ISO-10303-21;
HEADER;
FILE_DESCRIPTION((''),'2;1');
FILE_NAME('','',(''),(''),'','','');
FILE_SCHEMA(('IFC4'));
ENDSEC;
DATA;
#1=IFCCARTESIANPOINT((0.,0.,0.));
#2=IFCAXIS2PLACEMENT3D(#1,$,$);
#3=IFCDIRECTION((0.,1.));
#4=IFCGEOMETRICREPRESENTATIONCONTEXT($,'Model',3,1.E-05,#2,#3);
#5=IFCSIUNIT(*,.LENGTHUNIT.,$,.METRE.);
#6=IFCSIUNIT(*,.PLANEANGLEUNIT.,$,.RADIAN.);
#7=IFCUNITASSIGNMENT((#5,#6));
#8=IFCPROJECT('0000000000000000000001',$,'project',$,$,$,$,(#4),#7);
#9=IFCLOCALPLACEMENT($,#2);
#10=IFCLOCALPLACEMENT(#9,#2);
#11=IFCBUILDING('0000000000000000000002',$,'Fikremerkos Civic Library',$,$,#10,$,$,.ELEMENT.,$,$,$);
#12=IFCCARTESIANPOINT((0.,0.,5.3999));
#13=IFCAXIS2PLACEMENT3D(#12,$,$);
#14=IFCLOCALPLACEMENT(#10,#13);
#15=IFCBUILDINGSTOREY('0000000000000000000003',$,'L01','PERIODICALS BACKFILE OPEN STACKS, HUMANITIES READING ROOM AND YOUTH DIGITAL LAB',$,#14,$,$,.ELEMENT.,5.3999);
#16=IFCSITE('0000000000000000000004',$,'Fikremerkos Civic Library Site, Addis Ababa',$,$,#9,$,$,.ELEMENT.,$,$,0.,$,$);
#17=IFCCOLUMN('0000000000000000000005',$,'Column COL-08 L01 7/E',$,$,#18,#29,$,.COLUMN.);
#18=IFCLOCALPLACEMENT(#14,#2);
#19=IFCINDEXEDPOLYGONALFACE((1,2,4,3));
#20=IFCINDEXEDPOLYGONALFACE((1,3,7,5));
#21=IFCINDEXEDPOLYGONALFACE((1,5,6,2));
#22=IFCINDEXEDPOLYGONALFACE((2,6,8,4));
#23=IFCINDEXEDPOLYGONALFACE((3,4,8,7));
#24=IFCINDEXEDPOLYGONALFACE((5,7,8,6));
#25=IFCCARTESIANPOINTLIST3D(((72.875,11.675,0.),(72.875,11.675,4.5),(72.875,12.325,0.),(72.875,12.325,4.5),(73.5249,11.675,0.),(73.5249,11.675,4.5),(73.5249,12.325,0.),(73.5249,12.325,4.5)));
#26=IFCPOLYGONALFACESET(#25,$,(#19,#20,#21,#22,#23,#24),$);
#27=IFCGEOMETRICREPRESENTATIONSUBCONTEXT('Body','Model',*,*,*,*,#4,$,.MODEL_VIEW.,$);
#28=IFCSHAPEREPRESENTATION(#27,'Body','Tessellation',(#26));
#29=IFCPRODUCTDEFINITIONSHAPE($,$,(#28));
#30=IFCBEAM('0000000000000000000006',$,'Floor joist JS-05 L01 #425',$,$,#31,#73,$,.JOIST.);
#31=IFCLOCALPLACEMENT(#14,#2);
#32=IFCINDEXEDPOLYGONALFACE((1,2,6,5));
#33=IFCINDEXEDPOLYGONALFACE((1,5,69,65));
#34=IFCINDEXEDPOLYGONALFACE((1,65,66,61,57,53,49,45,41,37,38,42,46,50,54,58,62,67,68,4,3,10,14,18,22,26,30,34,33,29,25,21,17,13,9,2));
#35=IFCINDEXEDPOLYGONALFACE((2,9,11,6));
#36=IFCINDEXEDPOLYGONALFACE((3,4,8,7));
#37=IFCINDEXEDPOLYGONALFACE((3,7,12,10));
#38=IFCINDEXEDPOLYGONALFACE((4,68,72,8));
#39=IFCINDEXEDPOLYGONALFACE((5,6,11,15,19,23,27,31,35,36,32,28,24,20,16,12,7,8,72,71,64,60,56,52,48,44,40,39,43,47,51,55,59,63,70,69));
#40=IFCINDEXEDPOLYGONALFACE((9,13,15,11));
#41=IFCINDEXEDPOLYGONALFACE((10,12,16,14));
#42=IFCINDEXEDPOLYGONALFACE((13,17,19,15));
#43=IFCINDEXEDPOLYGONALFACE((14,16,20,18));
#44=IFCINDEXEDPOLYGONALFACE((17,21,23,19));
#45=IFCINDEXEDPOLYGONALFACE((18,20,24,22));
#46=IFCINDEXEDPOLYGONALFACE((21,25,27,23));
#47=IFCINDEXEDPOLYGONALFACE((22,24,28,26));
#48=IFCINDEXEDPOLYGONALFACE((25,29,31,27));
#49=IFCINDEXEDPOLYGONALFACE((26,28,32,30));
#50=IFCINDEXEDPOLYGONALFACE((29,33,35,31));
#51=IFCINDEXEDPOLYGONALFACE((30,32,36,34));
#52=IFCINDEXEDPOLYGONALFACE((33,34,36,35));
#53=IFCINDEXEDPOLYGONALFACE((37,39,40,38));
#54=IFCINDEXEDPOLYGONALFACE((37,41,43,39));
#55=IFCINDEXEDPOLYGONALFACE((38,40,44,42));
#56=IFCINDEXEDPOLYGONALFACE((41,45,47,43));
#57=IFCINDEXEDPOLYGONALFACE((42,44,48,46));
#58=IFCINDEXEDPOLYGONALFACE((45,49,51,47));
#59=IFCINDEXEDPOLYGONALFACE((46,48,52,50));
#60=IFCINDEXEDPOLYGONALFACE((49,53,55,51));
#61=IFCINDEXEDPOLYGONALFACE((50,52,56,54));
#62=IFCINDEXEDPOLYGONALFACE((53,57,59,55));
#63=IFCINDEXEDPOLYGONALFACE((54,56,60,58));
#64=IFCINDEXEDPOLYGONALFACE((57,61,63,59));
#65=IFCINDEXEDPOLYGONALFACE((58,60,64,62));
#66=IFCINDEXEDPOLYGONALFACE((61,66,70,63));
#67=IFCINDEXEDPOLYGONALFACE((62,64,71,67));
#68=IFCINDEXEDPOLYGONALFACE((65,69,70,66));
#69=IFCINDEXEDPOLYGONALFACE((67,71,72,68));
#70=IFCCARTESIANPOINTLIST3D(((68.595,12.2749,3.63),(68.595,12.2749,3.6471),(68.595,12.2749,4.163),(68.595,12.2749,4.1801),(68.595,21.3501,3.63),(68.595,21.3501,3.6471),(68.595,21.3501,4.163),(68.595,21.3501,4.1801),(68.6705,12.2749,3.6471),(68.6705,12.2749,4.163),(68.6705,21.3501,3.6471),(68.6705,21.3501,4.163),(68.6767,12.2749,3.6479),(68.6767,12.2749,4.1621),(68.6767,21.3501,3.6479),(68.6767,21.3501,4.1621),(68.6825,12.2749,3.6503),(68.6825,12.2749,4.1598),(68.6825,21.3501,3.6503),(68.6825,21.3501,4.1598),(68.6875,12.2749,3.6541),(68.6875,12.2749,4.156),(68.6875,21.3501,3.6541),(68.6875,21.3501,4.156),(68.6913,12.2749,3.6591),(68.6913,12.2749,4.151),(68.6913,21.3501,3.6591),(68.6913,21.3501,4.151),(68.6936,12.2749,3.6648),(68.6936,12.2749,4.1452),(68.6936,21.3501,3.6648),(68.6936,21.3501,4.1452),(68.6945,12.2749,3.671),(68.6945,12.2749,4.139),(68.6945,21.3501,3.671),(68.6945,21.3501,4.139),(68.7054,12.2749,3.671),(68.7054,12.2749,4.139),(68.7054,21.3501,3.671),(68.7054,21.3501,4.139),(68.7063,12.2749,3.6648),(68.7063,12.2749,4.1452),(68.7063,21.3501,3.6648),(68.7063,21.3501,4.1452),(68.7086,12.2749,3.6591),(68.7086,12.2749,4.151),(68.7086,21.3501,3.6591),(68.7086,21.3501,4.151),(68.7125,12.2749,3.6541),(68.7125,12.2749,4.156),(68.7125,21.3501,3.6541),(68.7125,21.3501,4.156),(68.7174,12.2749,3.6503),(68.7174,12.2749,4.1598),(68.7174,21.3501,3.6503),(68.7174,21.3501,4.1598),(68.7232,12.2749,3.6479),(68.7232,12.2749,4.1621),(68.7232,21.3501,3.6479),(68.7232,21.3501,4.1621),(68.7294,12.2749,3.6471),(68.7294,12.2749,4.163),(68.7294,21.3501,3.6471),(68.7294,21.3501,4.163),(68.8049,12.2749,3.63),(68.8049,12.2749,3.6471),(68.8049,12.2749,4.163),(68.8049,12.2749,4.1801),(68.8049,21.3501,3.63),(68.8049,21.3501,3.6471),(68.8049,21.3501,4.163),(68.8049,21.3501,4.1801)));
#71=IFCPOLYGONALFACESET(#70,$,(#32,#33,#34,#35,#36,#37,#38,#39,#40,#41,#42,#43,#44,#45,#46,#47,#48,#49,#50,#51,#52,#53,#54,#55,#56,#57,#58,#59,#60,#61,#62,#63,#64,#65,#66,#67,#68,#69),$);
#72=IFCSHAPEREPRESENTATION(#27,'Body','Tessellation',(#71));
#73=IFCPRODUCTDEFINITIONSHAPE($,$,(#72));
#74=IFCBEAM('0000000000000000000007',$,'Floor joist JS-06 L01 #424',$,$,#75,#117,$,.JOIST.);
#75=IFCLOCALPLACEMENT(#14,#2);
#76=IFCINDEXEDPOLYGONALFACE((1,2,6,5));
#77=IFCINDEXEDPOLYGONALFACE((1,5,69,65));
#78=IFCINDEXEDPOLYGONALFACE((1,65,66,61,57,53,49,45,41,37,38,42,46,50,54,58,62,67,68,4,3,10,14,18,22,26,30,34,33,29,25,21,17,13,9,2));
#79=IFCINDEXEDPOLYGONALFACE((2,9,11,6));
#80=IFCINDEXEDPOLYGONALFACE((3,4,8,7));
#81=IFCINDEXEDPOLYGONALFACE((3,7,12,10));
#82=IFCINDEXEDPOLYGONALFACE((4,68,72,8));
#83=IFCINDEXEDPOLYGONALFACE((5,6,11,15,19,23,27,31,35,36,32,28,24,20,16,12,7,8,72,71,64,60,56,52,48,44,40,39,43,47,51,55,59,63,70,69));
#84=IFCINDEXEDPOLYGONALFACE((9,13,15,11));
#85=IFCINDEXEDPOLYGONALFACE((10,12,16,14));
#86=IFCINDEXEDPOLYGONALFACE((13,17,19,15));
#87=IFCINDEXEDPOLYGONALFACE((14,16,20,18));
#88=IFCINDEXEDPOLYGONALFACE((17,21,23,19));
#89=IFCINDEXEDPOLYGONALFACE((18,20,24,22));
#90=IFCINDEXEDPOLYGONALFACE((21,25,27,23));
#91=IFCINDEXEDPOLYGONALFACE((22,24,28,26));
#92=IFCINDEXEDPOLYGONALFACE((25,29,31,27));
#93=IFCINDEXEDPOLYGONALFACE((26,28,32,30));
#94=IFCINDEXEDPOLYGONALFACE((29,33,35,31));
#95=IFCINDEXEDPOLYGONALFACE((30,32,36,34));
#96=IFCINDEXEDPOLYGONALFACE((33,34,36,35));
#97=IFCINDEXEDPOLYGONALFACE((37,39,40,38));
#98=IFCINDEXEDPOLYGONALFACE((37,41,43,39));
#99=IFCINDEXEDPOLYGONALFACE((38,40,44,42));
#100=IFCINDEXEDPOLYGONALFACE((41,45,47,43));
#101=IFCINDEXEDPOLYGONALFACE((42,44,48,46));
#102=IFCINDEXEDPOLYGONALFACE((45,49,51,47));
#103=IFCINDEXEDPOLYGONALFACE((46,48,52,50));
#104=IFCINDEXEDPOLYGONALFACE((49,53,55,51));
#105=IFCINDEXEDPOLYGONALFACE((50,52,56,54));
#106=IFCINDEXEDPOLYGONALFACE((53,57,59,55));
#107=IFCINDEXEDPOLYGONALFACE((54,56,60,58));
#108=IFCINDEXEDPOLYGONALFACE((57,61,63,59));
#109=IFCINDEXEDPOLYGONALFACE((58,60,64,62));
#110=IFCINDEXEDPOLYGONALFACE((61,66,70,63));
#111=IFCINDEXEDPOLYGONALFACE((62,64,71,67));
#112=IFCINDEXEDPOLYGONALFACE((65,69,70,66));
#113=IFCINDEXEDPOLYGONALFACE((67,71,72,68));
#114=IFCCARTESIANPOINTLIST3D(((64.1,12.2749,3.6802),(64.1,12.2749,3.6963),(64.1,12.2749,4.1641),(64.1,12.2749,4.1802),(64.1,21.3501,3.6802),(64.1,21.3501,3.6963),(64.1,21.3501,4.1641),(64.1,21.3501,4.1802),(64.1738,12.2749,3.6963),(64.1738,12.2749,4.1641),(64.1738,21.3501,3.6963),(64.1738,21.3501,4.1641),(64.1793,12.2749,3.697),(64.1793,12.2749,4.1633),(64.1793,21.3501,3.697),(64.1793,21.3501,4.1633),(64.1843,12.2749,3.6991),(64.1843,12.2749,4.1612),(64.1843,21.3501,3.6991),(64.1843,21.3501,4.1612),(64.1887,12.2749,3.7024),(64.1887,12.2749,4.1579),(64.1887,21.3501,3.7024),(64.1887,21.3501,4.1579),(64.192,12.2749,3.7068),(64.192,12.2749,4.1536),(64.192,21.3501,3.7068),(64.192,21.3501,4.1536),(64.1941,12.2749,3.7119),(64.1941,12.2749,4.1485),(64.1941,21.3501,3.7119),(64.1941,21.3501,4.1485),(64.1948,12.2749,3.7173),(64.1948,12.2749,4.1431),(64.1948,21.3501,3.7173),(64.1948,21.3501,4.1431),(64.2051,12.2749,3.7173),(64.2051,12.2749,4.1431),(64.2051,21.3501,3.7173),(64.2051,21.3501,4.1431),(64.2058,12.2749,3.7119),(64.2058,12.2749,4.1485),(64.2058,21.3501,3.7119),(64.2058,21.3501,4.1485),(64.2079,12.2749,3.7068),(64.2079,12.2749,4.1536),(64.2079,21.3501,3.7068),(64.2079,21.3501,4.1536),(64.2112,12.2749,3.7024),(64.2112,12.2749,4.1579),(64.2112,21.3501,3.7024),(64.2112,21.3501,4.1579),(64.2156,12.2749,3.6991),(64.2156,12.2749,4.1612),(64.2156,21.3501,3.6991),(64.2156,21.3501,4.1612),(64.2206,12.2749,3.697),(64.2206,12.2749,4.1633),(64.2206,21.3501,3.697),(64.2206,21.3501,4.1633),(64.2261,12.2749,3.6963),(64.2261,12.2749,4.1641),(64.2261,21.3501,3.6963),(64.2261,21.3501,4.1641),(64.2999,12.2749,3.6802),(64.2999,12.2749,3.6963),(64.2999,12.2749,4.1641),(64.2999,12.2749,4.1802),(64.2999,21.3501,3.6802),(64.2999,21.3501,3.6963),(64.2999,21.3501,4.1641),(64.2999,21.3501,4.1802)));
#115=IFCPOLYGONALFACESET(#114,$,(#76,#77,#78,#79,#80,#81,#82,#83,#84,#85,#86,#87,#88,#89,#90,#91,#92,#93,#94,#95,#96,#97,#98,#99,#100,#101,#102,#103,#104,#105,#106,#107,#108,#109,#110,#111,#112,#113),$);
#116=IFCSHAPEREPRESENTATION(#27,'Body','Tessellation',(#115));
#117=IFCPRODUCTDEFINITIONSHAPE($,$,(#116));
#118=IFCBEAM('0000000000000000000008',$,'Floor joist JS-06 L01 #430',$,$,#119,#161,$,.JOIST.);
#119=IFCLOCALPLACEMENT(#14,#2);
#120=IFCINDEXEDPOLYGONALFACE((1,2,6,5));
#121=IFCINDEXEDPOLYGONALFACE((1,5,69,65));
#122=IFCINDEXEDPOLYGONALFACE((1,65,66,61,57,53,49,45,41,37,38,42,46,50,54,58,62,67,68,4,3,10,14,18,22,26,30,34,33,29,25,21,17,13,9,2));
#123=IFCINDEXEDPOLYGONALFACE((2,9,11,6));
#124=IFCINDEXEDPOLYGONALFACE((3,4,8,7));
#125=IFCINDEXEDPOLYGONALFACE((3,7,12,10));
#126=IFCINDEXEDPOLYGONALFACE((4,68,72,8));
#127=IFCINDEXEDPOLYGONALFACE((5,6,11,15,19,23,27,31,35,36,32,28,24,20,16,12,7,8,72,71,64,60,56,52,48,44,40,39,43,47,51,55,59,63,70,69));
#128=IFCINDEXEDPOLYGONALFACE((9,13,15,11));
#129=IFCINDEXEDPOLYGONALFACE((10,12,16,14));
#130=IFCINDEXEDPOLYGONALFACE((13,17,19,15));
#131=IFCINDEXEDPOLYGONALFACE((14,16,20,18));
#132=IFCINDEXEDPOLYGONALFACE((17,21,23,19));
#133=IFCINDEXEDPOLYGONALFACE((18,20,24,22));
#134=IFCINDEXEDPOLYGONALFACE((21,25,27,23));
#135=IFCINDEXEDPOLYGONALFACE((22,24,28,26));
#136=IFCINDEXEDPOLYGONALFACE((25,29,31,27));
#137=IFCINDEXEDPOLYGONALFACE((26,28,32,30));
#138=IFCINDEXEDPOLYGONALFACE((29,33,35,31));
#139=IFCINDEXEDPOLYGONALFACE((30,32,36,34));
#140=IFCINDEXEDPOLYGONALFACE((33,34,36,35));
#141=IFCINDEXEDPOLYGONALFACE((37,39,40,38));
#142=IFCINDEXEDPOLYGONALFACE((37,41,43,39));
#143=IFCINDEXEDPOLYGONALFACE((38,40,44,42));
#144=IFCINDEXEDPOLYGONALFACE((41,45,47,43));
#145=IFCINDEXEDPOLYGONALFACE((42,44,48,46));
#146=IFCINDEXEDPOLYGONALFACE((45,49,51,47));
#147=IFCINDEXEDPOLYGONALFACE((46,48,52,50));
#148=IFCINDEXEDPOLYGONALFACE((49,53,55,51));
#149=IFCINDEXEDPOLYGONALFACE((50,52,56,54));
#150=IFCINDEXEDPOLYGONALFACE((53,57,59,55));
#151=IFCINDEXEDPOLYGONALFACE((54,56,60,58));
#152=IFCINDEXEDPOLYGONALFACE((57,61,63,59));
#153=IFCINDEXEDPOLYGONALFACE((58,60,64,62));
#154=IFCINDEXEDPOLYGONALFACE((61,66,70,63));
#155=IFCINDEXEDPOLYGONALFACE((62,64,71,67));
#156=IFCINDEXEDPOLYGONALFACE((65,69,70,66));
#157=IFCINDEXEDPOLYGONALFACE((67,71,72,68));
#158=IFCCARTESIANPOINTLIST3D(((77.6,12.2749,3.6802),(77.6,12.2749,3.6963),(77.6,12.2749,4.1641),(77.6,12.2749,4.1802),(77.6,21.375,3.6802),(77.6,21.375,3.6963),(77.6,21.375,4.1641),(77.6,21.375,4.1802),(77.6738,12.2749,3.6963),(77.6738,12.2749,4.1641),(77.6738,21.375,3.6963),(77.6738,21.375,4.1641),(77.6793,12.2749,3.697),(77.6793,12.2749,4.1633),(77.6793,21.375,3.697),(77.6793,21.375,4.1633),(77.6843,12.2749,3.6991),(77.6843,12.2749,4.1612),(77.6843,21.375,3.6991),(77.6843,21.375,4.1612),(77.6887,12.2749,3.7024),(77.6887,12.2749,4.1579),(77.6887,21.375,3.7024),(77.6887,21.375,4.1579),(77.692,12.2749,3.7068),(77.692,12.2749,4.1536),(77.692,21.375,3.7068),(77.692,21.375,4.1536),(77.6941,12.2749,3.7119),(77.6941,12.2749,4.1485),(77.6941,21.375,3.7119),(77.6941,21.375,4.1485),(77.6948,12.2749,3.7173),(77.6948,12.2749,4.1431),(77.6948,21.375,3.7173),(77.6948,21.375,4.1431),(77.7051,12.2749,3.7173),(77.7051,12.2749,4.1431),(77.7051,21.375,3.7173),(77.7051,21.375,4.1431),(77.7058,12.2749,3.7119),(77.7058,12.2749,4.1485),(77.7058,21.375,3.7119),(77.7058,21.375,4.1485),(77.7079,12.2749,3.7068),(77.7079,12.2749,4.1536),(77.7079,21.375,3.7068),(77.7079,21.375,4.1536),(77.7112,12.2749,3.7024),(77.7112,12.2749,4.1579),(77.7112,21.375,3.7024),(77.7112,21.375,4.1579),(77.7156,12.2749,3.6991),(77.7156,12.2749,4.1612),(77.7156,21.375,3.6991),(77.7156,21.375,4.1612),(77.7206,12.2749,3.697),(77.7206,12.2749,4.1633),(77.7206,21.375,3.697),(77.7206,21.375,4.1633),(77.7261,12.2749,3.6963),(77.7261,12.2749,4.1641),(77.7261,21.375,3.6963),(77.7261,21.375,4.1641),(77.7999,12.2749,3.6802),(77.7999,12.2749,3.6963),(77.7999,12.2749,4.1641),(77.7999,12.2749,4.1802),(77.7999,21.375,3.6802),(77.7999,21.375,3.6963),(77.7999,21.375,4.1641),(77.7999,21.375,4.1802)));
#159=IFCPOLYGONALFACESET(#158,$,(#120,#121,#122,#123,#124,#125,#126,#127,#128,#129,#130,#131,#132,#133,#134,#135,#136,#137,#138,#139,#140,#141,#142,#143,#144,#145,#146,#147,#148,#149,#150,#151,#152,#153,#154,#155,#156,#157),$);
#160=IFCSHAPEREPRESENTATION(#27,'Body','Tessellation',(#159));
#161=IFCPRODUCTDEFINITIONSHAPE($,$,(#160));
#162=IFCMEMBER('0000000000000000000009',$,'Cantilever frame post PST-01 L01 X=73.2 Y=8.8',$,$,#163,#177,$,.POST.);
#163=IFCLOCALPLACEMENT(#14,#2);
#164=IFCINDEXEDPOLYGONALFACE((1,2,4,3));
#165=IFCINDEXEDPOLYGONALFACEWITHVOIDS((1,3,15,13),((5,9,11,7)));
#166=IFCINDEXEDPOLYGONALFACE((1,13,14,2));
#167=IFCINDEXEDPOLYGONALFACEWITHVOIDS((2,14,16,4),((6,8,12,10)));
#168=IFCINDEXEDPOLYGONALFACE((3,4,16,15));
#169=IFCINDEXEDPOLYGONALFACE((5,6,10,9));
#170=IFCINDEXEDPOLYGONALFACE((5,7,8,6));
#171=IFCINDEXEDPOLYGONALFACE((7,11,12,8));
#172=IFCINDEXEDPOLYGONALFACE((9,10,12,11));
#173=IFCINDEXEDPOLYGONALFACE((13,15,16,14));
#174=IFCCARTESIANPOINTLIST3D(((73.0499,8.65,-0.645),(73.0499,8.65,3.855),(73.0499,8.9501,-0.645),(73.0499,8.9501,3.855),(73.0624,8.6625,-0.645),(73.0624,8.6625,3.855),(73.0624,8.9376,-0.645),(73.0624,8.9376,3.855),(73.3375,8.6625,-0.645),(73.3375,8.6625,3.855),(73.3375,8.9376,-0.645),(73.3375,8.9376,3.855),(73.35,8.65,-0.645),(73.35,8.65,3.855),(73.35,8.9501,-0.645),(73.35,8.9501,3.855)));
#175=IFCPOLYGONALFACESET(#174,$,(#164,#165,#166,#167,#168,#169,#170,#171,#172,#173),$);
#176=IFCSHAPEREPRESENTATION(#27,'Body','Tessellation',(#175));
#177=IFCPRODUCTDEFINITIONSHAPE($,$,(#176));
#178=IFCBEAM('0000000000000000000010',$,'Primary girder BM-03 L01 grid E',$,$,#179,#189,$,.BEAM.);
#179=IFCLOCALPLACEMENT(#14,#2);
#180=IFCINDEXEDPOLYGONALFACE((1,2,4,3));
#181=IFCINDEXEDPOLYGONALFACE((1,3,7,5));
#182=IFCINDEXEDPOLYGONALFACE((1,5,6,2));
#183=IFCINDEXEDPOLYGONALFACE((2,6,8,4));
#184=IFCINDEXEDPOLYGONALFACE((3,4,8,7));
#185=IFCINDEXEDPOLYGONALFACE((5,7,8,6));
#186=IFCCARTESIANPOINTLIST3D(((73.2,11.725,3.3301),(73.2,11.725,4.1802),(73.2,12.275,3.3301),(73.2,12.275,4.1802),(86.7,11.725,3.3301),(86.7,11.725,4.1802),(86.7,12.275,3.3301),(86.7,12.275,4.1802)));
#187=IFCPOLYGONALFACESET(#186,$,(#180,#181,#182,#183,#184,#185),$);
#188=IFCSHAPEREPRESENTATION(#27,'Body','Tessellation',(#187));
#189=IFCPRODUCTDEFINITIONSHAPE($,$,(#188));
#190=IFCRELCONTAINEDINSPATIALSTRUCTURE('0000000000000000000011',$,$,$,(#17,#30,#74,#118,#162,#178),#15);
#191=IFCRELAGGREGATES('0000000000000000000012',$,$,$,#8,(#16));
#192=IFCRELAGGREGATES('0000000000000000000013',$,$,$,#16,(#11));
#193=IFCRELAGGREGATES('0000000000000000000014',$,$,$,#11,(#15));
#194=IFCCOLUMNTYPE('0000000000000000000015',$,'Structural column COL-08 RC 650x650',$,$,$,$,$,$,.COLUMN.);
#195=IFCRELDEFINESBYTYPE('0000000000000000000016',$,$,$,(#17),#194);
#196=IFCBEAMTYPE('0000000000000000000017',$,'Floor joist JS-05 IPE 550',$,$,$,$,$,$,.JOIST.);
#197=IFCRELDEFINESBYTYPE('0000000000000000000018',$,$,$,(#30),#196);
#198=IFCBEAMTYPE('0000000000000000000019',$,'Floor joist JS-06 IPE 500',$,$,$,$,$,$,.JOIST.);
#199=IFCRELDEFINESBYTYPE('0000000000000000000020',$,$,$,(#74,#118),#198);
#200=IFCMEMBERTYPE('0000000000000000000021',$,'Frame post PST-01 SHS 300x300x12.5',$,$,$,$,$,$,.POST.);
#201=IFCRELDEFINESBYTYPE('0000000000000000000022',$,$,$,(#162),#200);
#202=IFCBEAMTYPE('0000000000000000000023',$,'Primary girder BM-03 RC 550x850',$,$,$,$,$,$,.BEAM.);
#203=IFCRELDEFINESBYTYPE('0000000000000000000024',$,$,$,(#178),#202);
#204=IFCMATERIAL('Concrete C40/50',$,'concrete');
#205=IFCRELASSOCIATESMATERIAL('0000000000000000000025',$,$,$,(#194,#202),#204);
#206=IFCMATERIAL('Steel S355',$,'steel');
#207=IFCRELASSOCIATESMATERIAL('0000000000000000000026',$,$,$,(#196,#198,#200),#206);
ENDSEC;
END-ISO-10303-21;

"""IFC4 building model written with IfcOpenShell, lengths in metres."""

from ifc_helpers import new_model, si_unit, direction, frame, origin, origin_2d, place, context, subcontext, project, spatial, rectangle, hollow_rectangle, i_section, extrude, material, material_profile, profile_set, type_object, element, save


model = new_model("IFC4")

# Units and contexts
model_context = context("Model", 3, precision=1e-05, world=origin(), true_north=direction((0.0, 1.0)))
body_context = subcontext(model_context, "Body", "Model", "MODEL_VIEW")
ifc_project = project(units=[si_unit("LENGTHUNIT", "METRE"), si_unit("PLANEANGLEUNIT", "RADIAN")], contexts=[model_context])

# Site, building, storey
site_placement = place(None, origin())
site = spatial("IfcSite", under=ifc_project, at=site_placement, Name="Fikremerkos Civic Library Site, Addis Ababa", CompositionType="ELEMENT", RefElevation=0.0)
building_placement = place(site_placement, origin())
building = spatial("IfcBuilding", under=site, at=building_placement, Name="Fikremerkos Civic Library", CompositionType="ELEMENT")
storey_placement = place(building_placement, frame((0.0, 0.0, 5.3999)))
storey = spatial("IfcBuildingStorey", under=building, at=storey_placement, Name="L01", Description="PERIODICALS BACKFILE OPEN STACKS, HUMANITIES READING ROOM AND YOUTH DIGITAL LAB", CompositionType="ELEMENT", Elevation=5.3999)

# Column
ifc_material_1 = material(Name="Concrete C40/50", Category="concrete")
ifc_material_profile_1 = material_profile(ifc_material_1, rectangle(XDim=0.6499, YDim=0.6499, at=origin_2d()), Name="RC 650x650")
ifc_profile_set_1 = profile_set([ifc_material_profile_1], Name="Concrete C40/50")
column_type = type_object("IfcColumnType", Name="Structural column COL-08 RC 650x650", PredefinedType="COLUMN", material=ifc_profile_set_1)
column_placement = place(storey_placement, frame((73.2, 12.0, 0.0), z_axis=(0.0, 0.0, 1.0), x_axis=(1.0, 0.0, 0.0)))
element("IfcColumn", 1, at=column_placement, inside=storey, type_object=column_type, Name="Column COL-08 L01 7/E", PredefinedType="COLUMN", context=body_context, shape_type="SweptSolid", body=[
    extrude(rectangle(XDim=0.6499, YDim=0.6499, at=origin_2d()), origin(), (0.0, 0.0, 1.0), 4.5),
])

# Beams
ifc_material_2 = material(Name="Steel S355", Category="steel")
ifc_material_profile_2 = material_profile(ifc_material_2, i_section(OverallWidth=0.21, OverallDepth=0.55, WebThickness=0.011, FlangeThickness=0.0171, FilletRadius=0.0239, at=origin_2d()), Name="IPE 550")
ifc_profile_set_2 = profile_set([ifc_material_profile_2], Name="Steel S355")
beam_type_1 = type_object("IfcBeamType", Name="Floor joist JS-05 IPE 550", PredefinedType="JOIST", material=ifc_profile_set_2)
beam_1_placement = place(storey_placement, frame((68.7, 12.2749, 3.905), z_axis=(0.0, 1.0, 0.0), x_axis=(-1.0, 0.0, 0.0)))
element("IfcBeam", 2, at=beam_1_placement, inside=storey, type_object=beam_type_1, Name="Floor joist JS-05 L01 #425", PredefinedType="JOIST", context=body_context, shape_type="SweptSolid", body=[
    extrude(i_section(OverallWidth=0.21, OverallDepth=0.55, WebThickness=0.011, FlangeThickness=0.0171, FilletRadius=0.0239, at=origin_2d()), origin(), (0.0, 0.0, 1.0), 9.0752),
])
ifc_material_profile_3 = material_profile(ifc_material_2, i_section(OverallWidth=0.2, OverallDepth=0.5, WebThickness=0.0103, FlangeThickness=0.0161, FilletRadius=0.021, at=origin_2d()), Name="IPE 500")
ifc_profile_set_3 = profile_set([ifc_material_profile_3], Name="Steel S355")
beam_type_2 = type_object("IfcBeamType", Name="Floor joist JS-06 IPE 500", PredefinedType="JOIST", material=ifc_profile_set_3)
beam_2_placement = place(storey_placement, frame((64.2, 12.2749, 3.9302), z_axis=(0.0, 1.0, 0.0), x_axis=(-1.0, 0.0, 0.0)))
element("IfcBeam", 3, at=beam_2_placement, inside=storey, type_object=beam_type_2, Name="Floor joist JS-06 L01 #424", PredefinedType="JOIST", context=body_context, shape_type="SweptSolid", body=[
    extrude(i_section(OverallWidth=0.2, OverallDepth=0.5, WebThickness=0.0103, FlangeThickness=0.0161, FilletRadius=0.021, at=origin_2d()), origin(), (0.0, 0.0, 1.0), 9.0752),
])
beam_3_placement = place(storey_placement, frame((77.7, 12.2749, 3.9302), z_axis=(0.0, 1.0, 0.0), x_axis=(-1.0, 0.0, 0.0)))
element("IfcBeam", 4, at=beam_3_placement, inside=storey, type_object=beam_type_2, Name="Floor joist JS-06 L01 #430", PredefinedType="JOIST", context=body_context, shape_type="SweptSolid", body=[
    extrude(i_section(OverallWidth=0.2, OverallDepth=0.5, WebThickness=0.0103, FlangeThickness=0.0161, FilletRadius=0.021, at=origin_2d()), origin(), (0.0, 0.0, 1.0), 9.1001),
])

# Member
ifc_material_profile_4 = material_profile(ifc_material_2, hollow_rectangle(XDim=0.3, YDim=0.3, WallThickness=0.0125, at=origin_2d()), Name="SHS 300x300x12.5")
ifc_profile_set_4 = profile_set([ifc_material_profile_4], Name="Steel S355")
member_type_1 = type_object("IfcMemberType", Name="Frame post PST-01 SHS 300x300x12.5", PredefinedType="POST", material=ifc_profile_set_4)
member_1_placement = place(storey_placement, frame((73.2, 8.8, -0.645), z_axis=(0.0, 0.0, 1.0), x_axis=(1.0, 0.0, 0.0)))
element("IfcMember", 5, at=member_1_placement, inside=storey, type_object=member_type_1, Name="Cantilever frame post PST-01 L01 X=73.2 Y=8.8", PredefinedType="POST", context=body_context, shape_type="SweptSolid", body=[
    extrude(hollow_rectangle(XDim=0.3, YDim=0.3, WallThickness=0.0125, at=origin_2d()), origin(), (0.0, 0.0, 1.0), 4.5),
])

# Beam
ifc_material_profile_5 = material_profile(ifc_material_1, rectangle(XDim=0.55, YDim=0.8501, at=origin_2d()), Name="RC 550x850")
ifc_profile_set_5 = profile_set([ifc_material_profile_5], Name="Concrete C40/50")
beam_type_3 = type_object("IfcBeamType", Name="Primary girder BM-03 RC 550x850", PredefinedType="BEAM", material=ifc_profile_set_5)
beam_4_placement = place(storey_placement, frame((73.2, 12.0, 3.7551), z_axis=(1.0, 0.0, 0.0), x_axis=(0.0, 1.0, 0.0)))
element("IfcBeam", 6, at=beam_4_placement, inside=storey, type_object=beam_type_3, Name="Primary girder BM-03 L01 grid E", PredefinedType="BEAM", context=body_context, shape_type="SweptSolid", body=[
    extrude(rectangle(XDim=0.55, YDim=0.8501, at=origin_2d()), origin(), (0.0, 0.0, 1.0), 13.5),
])

save(model, "model.ifc")
